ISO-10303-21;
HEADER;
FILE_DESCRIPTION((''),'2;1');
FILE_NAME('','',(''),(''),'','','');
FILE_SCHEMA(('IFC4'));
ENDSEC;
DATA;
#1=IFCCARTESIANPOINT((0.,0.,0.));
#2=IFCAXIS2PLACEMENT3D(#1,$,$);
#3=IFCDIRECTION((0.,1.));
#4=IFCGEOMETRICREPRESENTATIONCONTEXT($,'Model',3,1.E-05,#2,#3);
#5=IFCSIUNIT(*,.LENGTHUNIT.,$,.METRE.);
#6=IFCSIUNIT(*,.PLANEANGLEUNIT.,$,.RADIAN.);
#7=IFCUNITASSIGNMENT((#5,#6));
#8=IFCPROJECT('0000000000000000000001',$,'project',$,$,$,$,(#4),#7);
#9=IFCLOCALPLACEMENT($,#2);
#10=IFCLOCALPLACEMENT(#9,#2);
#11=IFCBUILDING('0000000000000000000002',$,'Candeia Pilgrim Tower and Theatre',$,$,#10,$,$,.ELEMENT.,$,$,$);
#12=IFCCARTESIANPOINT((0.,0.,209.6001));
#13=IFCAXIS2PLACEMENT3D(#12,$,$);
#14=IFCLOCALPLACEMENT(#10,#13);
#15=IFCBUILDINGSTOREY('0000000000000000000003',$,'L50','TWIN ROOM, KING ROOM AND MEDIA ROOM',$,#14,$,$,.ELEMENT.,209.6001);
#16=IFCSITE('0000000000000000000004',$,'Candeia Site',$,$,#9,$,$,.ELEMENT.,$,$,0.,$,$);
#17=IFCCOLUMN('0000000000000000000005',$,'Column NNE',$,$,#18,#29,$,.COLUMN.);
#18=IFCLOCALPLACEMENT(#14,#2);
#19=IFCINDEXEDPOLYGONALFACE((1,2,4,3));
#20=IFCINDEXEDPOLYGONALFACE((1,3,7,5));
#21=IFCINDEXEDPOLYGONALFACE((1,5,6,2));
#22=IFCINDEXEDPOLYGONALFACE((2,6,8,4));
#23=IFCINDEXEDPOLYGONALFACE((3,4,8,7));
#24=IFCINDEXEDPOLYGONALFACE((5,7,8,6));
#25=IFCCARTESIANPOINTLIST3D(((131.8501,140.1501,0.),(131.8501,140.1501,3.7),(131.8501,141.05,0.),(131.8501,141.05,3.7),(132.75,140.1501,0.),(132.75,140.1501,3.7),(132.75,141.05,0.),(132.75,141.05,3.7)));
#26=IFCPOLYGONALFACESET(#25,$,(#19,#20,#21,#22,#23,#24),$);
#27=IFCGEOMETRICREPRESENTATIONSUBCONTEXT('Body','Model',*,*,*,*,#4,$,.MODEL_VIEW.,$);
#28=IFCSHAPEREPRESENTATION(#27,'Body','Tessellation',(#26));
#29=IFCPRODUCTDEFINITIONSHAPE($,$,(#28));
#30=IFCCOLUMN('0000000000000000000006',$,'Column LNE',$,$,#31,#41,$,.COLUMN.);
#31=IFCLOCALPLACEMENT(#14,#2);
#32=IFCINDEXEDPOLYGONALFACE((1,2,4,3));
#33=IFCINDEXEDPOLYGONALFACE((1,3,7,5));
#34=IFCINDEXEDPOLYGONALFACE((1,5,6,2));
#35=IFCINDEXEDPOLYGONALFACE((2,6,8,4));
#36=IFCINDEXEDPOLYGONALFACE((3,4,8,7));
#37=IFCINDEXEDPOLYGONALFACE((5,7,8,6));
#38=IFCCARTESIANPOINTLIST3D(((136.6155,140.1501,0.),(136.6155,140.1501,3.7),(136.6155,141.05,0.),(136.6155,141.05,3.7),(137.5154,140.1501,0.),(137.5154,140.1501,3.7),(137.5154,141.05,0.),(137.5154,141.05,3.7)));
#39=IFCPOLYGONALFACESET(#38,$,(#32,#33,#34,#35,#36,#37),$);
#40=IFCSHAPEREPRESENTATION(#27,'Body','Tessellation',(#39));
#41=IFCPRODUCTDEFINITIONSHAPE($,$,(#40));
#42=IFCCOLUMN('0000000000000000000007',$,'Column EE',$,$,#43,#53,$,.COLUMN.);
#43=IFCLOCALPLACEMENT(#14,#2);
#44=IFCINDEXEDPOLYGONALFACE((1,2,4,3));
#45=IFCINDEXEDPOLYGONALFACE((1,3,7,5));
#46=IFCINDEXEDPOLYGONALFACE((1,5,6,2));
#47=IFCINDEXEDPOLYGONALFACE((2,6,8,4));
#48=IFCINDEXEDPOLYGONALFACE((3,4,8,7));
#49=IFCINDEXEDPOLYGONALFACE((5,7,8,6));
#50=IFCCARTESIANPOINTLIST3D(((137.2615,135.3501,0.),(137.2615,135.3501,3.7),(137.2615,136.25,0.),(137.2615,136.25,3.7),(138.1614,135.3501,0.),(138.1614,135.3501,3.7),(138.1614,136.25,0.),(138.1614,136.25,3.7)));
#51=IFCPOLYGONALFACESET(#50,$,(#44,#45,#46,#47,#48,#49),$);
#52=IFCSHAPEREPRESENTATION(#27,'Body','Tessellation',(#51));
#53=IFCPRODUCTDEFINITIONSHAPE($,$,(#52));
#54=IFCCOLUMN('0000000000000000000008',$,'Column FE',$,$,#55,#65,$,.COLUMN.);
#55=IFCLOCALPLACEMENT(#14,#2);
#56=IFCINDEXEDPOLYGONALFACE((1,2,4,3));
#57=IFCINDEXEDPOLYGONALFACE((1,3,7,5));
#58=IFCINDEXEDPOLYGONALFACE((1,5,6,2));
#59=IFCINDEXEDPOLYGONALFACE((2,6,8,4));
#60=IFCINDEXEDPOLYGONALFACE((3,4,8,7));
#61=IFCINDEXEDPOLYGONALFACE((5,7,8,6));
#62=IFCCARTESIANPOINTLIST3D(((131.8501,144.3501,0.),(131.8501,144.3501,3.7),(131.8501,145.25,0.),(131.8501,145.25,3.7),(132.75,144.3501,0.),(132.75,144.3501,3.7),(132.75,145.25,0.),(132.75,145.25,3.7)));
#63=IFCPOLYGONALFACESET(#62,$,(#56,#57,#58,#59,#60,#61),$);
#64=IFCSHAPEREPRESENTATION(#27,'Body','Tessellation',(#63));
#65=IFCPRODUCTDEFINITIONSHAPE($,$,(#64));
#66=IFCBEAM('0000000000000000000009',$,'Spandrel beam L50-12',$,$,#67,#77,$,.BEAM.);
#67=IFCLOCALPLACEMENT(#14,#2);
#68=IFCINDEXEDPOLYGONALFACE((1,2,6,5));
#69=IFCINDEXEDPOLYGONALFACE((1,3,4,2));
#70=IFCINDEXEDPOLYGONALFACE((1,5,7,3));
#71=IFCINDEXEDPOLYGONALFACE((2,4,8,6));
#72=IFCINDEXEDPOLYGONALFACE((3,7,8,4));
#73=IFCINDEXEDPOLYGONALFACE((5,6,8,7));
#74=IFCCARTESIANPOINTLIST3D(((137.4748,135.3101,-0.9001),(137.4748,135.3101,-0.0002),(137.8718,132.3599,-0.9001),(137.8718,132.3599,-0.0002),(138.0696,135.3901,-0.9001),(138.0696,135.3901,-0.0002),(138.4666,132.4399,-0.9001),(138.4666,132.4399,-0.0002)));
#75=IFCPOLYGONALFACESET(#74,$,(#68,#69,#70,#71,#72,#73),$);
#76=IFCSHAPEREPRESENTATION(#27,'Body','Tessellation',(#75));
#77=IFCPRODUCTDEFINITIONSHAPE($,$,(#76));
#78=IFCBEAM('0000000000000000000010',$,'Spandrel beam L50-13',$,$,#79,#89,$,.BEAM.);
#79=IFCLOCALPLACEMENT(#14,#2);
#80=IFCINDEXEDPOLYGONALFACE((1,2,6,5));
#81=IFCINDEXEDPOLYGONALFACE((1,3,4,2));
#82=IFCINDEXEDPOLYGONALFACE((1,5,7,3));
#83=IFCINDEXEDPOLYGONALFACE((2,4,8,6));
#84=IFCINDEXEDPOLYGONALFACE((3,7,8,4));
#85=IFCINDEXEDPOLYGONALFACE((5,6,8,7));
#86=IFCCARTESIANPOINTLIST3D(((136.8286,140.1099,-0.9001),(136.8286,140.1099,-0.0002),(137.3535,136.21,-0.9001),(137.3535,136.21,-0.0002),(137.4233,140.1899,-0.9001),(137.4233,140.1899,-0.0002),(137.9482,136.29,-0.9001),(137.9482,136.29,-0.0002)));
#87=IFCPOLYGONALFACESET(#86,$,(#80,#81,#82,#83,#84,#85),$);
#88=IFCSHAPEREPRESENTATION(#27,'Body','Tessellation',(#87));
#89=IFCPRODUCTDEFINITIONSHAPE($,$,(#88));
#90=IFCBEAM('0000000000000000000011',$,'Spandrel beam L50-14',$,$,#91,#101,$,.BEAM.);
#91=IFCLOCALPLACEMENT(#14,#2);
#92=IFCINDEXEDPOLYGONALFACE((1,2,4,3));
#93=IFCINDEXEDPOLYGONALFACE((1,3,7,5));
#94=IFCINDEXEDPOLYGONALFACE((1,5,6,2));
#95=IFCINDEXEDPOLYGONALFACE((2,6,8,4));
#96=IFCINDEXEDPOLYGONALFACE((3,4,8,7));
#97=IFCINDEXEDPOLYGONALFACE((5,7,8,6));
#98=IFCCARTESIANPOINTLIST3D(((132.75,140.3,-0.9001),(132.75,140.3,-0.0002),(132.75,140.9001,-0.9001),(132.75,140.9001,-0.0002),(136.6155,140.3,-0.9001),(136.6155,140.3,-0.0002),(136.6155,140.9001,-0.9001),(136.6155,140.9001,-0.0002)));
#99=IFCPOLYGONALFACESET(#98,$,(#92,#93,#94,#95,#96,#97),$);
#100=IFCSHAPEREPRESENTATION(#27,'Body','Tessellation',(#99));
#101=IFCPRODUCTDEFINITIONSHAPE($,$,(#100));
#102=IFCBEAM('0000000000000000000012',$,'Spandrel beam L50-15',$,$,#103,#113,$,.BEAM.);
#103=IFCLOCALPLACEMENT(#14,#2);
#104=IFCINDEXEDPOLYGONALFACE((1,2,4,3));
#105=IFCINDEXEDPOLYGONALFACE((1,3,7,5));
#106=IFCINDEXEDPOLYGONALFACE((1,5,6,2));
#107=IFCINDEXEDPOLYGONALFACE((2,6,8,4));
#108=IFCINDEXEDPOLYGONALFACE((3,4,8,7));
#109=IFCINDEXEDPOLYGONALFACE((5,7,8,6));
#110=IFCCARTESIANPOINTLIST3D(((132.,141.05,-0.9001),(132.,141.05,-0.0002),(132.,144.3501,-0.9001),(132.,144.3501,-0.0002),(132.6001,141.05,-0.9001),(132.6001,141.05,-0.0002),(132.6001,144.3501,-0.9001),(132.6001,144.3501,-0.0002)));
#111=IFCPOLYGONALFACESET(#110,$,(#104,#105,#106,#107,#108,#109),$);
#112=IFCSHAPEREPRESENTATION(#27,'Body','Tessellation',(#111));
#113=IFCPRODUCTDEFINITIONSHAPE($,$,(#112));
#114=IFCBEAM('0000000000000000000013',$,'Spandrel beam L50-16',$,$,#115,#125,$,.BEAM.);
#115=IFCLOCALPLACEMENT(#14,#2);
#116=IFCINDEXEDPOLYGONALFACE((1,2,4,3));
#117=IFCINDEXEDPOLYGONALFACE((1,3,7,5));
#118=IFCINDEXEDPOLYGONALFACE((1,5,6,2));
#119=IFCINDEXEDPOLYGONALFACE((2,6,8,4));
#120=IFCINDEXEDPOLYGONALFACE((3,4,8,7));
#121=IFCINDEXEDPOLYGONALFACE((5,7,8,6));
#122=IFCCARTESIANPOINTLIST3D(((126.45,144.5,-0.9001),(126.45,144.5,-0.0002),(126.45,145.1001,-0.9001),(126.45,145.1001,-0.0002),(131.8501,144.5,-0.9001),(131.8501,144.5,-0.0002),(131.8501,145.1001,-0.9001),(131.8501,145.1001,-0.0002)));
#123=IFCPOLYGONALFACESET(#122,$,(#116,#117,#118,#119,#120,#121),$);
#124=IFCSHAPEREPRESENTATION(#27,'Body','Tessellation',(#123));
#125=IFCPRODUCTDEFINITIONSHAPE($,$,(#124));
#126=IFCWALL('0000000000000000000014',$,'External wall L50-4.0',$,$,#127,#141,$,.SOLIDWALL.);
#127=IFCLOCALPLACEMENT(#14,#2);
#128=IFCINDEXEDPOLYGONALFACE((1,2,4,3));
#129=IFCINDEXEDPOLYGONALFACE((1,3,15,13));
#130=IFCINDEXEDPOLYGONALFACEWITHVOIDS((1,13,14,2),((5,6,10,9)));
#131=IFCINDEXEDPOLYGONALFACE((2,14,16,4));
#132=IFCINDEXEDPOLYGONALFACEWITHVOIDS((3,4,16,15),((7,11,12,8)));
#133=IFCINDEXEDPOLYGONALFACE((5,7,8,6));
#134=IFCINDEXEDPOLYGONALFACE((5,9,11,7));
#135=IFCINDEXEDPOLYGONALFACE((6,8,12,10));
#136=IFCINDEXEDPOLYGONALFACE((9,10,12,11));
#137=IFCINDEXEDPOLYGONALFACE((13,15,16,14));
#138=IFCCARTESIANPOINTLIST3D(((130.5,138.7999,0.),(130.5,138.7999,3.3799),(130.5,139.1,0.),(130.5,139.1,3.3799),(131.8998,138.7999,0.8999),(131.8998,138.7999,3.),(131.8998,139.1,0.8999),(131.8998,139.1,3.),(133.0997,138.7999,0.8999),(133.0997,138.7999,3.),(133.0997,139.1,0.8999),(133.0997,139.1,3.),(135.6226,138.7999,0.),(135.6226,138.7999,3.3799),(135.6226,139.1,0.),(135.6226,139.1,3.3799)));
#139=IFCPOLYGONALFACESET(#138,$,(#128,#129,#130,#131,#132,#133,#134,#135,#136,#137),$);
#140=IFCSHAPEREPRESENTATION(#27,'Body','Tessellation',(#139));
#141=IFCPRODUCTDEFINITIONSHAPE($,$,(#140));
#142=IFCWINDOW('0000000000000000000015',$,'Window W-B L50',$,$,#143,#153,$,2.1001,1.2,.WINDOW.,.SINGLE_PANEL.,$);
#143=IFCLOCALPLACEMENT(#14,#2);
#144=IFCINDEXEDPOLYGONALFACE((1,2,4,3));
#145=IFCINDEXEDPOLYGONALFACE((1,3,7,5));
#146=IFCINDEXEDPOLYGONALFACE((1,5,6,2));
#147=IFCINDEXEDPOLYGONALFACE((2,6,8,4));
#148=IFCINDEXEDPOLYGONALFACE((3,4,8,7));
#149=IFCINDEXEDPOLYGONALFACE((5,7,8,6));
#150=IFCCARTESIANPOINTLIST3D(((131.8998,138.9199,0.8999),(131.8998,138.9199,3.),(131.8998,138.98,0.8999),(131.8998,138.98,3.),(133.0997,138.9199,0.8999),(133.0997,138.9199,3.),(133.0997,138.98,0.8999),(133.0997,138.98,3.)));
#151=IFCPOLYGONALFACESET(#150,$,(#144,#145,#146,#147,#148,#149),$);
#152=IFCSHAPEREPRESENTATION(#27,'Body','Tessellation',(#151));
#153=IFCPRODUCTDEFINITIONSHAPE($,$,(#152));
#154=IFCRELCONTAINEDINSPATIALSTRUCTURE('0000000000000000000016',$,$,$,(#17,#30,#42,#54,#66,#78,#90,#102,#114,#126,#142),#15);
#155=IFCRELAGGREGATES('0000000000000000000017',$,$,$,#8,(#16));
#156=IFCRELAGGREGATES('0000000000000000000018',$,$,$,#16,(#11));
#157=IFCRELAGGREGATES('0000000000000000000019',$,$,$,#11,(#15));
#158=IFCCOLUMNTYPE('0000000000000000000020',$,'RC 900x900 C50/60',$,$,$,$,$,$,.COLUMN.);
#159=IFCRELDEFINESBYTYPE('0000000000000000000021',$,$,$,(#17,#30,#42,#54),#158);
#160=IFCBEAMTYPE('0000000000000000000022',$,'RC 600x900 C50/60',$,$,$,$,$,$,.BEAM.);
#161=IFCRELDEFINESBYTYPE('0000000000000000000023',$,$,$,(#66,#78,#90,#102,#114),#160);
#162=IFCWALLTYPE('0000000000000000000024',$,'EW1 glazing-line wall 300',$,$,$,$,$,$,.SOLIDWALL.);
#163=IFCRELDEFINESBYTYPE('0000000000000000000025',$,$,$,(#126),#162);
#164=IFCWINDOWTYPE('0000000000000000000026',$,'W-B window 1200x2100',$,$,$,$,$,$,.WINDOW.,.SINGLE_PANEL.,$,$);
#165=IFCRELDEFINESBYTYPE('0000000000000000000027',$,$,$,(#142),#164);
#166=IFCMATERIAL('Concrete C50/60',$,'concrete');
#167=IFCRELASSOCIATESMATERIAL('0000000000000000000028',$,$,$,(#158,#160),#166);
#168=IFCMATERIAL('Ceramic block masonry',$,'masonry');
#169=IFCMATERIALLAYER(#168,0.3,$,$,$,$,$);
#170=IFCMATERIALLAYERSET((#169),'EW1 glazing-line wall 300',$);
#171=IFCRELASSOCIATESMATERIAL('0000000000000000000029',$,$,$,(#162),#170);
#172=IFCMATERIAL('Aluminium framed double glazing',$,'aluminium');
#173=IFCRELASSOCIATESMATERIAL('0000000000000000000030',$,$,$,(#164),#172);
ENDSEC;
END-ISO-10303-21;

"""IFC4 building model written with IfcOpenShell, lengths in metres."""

from ifc_helpers import new_model, si_unit, direction, frame, frame_2d, origin, origin_2d, place, context, subcontext, project, spatial, rectangle, extrude, material, layer, layer_set, material_profile, profile_set, type_object, element, fill, save


model = new_model("IFC4")

# Units and contexts
model_context = context("Model", 3, precision=1e-05, world=origin(), true_north=direction((0.0, 1.0)))
body_context = subcontext(model_context, "Body", "Model", "MODEL_VIEW")
ifc_project = project(units=[si_unit("LENGTHUNIT", "METRE"), si_unit("PLANEANGLEUNIT", "RADIAN")], contexts=[model_context])

# Site, building, storey
site_placement = place(None, origin())
site = spatial("IfcSite", under=ifc_project, at=site_placement, Name="Candeia Site", CompositionType="ELEMENT", RefElevation=0.0)
building_placement = place(site_placement, origin())
building = spatial("IfcBuilding", under=site, at=building_placement, Name="Candeia Pilgrim Tower and Theatre", CompositionType="ELEMENT")
storey_placement = place(building_placement, frame((0.0, 0.0, 209.6001)))
storey = spatial("IfcBuildingStorey", under=building, at=storey_placement, Name="L50", Description="TWIN ROOM, KING ROOM AND MEDIA ROOM", CompositionType="ELEMENT", Elevation=209.6001)

# Columns
ifc_material_1 = material(Name="Concrete C50/60", Category="concrete")
ifc_material_profile_1 = material_profile(ifc_material_1, rectangle(XDim=0.8999, YDim=0.8999, at=origin_2d()))
ifc_profile_set_1 = profile_set([ifc_material_profile_1], Name="Concrete C50/60")
column_type = type_object("IfcColumnType", Name="RC 900x900 C50/60", PredefinedType="COLUMN", material=ifc_profile_set_1)
for number, where, z_axis, x_axis, name in (
    (1, (132.3, 140.6001, 0.0), (0.0, 0.0, 1.0), (1.0, 0.0, 0.0), "Column NNE"),
    (2, (137.0654, 140.6001, 0.0), (0.0, 0.0, 1.0), (1.0, 0.0, 0.0), "Column LNE"),
    (3, (137.7114, 135.8, 0.0), (0.0, 0.0, 1.0), (1.0, 0.0, 0.0), "Column EE"),
    (4, (132.3, 144.8, 0.0), (0.0, 0.0, 1.0), (1.0, 0.0, 0.0), "Column FE"),
):
    element("IfcColumn", number, at=place(storey_placement, frame(where, z_axis=z_axis, x_axis=x_axis)), inside=storey, type_object=column_type, Name=name, PredefinedType="COLUMN", context=body_context, shape_type="SweptSolid", body=[
        extrude(rectangle(XDim=0.8999, YDim=0.8999, at=origin_2d()), origin(), (0.0, 0.0, 1.0), 3.7),
    ])

# Beams
ifc_material_profile_2 = material_profile(ifc_material_1, rectangle(XDim=0.6001, YDim=0.8999, at=origin_2d()))
ifc_profile_set_2 = profile_set([ifc_material_profile_2], Name="Concrete C50/60")
beam_type = type_object("IfcBeamType", Name="RC 600x900 C50/60", PredefinedType="BEAM", material=ifc_profile_set_2)
beam_1_placement = place(storey_placement, frame((138.1692, 132.3999, -0.4502), z_axis=(-0.133356, 0.991068, 0.0), x_axis=(-0.991068, -0.133356, 0.0)))
element("IfcBeam", 5, at=beam_1_placement, inside=storey, type_object=beam_type, Name="Spandrel beam L50-12", PredefinedType="BEAM", context=body_context, shape_type="SweptSolid", body=[
    extrude(rectangle(XDim=0.6001, YDim=0.8999, at=origin_2d()), origin(), (0.0, 0.0, 1.0), 2.9768),
])
beam_2_placement = place(storey_placement, frame((137.6509, 136.25, -0.4502), z_axis=(-0.133391, 0.991064, 0.0), x_axis=(-0.991064, -0.133391, 0.0)))
element("IfcBeam", 6, at=beam_2_placement, inside=storey, type_object=beam_type, Name="Spandrel beam L50-13", PredefinedType="BEAM", context=body_context, shape_type="SweptSolid", body=[
    extrude(rectangle(XDim=0.6001, YDim=0.8999, at=origin_2d()), origin(), (0.0, 0.0, 1.0), 3.9351),
])
beam_3_placement = place(storey_placement, frame((136.6155, 140.6001, -0.4502), z_axis=(-1.0, 0.0, 0.0), x_axis=(0.0, -1.0, 0.0)))
element("IfcBeam", 7, at=beam_3_placement, inside=storey, type_object=beam_type, Name="Spandrel beam L50-14", PredefinedType="BEAM", context=body_context, shape_type="SweptSolid", body=[
    extrude(rectangle(XDim=0.6001, YDim=0.8999, at=origin_2d()), origin(), (0.0, 0.0, 1.0), 3.8655),
])
beam_4_placement = place(storey_placement, frame((132.3, 141.05, -0.4502), z_axis=(0.0, 1.0, 0.0), x_axis=(-1.0, 0.0, 0.0)))
element("IfcBeam", 8, at=beam_4_placement, inside=storey, type_object=beam_type, Name="Spandrel beam L50-15", PredefinedType="BEAM", context=body_context, shape_type="SweptSolid", body=[
    extrude(rectangle(XDim=0.6001, YDim=0.8999, at=origin_2d()), origin(), (0.0, 0.0, 1.0), 3.3),
])
beam_5_placement = place(storey_placement, frame((131.8501, 144.8, -0.4502), z_axis=(-1.0, 0.0, 0.0), x_axis=(0.0, -1.0, 0.0)))
element("IfcBeam", 9, at=beam_5_placement, inside=storey, type_object=beam_type, Name="Spandrel beam L50-16", PredefinedType="BEAM", context=body_context, shape_type="SweptSolid", body=[
    extrude(rectangle(XDim=0.6001, YDim=0.8999, at=origin_2d()), origin(), (0.0, 0.0, 1.0), 5.4001),
])

# Shared definitions
ifc_material_2 = material(Name="Ceramic block masonry", Category="masonry")
ifc_layer_1 = layer(ifc_material_2, 0.3)
ifc_layer_set_1 = layer_set([ifc_layer_1], Name="EW1 glazing-line wall 300")
wall_type = type_object("IfcWallType", Name="EW1 glazing-line wall 300", PredefinedType="SOLIDWALL", material=ifc_layer_set_1)
ifc_material_3 = material(Name="Aluminium framed double glazing", Category="aluminium")

# Wall, opening, window
wall_1_placement = place(storey_placement, frame((135.6226, 138.95, 0.0), z_axis=(0.0, 0.0, 1.0), x_axis=(-1.0, 0.0, 0.0)))
wall_1 = element("IfcWall", 10, at=wall_1_placement, inside=storey, type_object=wall_type, Name="External wall L50-4.0", PredefinedType="SOLIDWALL", context=body_context, shape_type="SweptSolid", body=[
    extrude(rectangle(XDim=5.1226, YDim=0.3, at=frame_2d((2.5613, 0.0))), origin(), (0.0, 0.0, 1.0), 3.3799),
])
opening_1_placement = place(wall_1_placement, frame((2.5227, 0.0, 0.8999)))
opening_1 = element("IfcOpeningElement", 11, at=opening_1_placement, cuts=wall_1, PredefinedType="OPENING", context=body_context, shape_type="SweptSolid", body=[
    extrude(rectangle(XDim=1.2, YDim=2.1001, at=frame_2d((0.6001, 1.05))), frame((0.0, 0.1602, 0.0), z_axis=(0.0, -1.0, 0.0), x_axis=(1.0, 0.0, 0.0)), (0.0, 0.0, 1.0), 0.3201),
])
window_type_1 = type_object("IfcWindowType", Name="W-B window 1200x2100", PartitioningType="SINGLE_PANEL", PredefinedType="WINDOW", material=ifc_material_3)
window_1_placement = place(opening_1_placement, origin())
window_1 = element("IfcWindow", 12, at=window_1_placement, inside=storey, type_object=window_type_1, Name="Window W-B L50", OverallHeight=2.1001, OverallWidth=1.2, PartitioningType="SINGLE_PANEL", PredefinedType="WINDOW", context=body_context, shape_type="SweptSolid", body=[
    extrude(rectangle(XDim=1.2, YDim=2.1001, at=frame_2d((0.6001, 1.05))), frame((0.0, 0.03, 0.0), z_axis=(0.0, -1.0, 0.0), x_axis=(1.0, 0.0, 0.0)), (0.0, 0.0, 1.0), 0.0601),
])
fill(opening_1, window_1)

save(model, "model.ifc")
